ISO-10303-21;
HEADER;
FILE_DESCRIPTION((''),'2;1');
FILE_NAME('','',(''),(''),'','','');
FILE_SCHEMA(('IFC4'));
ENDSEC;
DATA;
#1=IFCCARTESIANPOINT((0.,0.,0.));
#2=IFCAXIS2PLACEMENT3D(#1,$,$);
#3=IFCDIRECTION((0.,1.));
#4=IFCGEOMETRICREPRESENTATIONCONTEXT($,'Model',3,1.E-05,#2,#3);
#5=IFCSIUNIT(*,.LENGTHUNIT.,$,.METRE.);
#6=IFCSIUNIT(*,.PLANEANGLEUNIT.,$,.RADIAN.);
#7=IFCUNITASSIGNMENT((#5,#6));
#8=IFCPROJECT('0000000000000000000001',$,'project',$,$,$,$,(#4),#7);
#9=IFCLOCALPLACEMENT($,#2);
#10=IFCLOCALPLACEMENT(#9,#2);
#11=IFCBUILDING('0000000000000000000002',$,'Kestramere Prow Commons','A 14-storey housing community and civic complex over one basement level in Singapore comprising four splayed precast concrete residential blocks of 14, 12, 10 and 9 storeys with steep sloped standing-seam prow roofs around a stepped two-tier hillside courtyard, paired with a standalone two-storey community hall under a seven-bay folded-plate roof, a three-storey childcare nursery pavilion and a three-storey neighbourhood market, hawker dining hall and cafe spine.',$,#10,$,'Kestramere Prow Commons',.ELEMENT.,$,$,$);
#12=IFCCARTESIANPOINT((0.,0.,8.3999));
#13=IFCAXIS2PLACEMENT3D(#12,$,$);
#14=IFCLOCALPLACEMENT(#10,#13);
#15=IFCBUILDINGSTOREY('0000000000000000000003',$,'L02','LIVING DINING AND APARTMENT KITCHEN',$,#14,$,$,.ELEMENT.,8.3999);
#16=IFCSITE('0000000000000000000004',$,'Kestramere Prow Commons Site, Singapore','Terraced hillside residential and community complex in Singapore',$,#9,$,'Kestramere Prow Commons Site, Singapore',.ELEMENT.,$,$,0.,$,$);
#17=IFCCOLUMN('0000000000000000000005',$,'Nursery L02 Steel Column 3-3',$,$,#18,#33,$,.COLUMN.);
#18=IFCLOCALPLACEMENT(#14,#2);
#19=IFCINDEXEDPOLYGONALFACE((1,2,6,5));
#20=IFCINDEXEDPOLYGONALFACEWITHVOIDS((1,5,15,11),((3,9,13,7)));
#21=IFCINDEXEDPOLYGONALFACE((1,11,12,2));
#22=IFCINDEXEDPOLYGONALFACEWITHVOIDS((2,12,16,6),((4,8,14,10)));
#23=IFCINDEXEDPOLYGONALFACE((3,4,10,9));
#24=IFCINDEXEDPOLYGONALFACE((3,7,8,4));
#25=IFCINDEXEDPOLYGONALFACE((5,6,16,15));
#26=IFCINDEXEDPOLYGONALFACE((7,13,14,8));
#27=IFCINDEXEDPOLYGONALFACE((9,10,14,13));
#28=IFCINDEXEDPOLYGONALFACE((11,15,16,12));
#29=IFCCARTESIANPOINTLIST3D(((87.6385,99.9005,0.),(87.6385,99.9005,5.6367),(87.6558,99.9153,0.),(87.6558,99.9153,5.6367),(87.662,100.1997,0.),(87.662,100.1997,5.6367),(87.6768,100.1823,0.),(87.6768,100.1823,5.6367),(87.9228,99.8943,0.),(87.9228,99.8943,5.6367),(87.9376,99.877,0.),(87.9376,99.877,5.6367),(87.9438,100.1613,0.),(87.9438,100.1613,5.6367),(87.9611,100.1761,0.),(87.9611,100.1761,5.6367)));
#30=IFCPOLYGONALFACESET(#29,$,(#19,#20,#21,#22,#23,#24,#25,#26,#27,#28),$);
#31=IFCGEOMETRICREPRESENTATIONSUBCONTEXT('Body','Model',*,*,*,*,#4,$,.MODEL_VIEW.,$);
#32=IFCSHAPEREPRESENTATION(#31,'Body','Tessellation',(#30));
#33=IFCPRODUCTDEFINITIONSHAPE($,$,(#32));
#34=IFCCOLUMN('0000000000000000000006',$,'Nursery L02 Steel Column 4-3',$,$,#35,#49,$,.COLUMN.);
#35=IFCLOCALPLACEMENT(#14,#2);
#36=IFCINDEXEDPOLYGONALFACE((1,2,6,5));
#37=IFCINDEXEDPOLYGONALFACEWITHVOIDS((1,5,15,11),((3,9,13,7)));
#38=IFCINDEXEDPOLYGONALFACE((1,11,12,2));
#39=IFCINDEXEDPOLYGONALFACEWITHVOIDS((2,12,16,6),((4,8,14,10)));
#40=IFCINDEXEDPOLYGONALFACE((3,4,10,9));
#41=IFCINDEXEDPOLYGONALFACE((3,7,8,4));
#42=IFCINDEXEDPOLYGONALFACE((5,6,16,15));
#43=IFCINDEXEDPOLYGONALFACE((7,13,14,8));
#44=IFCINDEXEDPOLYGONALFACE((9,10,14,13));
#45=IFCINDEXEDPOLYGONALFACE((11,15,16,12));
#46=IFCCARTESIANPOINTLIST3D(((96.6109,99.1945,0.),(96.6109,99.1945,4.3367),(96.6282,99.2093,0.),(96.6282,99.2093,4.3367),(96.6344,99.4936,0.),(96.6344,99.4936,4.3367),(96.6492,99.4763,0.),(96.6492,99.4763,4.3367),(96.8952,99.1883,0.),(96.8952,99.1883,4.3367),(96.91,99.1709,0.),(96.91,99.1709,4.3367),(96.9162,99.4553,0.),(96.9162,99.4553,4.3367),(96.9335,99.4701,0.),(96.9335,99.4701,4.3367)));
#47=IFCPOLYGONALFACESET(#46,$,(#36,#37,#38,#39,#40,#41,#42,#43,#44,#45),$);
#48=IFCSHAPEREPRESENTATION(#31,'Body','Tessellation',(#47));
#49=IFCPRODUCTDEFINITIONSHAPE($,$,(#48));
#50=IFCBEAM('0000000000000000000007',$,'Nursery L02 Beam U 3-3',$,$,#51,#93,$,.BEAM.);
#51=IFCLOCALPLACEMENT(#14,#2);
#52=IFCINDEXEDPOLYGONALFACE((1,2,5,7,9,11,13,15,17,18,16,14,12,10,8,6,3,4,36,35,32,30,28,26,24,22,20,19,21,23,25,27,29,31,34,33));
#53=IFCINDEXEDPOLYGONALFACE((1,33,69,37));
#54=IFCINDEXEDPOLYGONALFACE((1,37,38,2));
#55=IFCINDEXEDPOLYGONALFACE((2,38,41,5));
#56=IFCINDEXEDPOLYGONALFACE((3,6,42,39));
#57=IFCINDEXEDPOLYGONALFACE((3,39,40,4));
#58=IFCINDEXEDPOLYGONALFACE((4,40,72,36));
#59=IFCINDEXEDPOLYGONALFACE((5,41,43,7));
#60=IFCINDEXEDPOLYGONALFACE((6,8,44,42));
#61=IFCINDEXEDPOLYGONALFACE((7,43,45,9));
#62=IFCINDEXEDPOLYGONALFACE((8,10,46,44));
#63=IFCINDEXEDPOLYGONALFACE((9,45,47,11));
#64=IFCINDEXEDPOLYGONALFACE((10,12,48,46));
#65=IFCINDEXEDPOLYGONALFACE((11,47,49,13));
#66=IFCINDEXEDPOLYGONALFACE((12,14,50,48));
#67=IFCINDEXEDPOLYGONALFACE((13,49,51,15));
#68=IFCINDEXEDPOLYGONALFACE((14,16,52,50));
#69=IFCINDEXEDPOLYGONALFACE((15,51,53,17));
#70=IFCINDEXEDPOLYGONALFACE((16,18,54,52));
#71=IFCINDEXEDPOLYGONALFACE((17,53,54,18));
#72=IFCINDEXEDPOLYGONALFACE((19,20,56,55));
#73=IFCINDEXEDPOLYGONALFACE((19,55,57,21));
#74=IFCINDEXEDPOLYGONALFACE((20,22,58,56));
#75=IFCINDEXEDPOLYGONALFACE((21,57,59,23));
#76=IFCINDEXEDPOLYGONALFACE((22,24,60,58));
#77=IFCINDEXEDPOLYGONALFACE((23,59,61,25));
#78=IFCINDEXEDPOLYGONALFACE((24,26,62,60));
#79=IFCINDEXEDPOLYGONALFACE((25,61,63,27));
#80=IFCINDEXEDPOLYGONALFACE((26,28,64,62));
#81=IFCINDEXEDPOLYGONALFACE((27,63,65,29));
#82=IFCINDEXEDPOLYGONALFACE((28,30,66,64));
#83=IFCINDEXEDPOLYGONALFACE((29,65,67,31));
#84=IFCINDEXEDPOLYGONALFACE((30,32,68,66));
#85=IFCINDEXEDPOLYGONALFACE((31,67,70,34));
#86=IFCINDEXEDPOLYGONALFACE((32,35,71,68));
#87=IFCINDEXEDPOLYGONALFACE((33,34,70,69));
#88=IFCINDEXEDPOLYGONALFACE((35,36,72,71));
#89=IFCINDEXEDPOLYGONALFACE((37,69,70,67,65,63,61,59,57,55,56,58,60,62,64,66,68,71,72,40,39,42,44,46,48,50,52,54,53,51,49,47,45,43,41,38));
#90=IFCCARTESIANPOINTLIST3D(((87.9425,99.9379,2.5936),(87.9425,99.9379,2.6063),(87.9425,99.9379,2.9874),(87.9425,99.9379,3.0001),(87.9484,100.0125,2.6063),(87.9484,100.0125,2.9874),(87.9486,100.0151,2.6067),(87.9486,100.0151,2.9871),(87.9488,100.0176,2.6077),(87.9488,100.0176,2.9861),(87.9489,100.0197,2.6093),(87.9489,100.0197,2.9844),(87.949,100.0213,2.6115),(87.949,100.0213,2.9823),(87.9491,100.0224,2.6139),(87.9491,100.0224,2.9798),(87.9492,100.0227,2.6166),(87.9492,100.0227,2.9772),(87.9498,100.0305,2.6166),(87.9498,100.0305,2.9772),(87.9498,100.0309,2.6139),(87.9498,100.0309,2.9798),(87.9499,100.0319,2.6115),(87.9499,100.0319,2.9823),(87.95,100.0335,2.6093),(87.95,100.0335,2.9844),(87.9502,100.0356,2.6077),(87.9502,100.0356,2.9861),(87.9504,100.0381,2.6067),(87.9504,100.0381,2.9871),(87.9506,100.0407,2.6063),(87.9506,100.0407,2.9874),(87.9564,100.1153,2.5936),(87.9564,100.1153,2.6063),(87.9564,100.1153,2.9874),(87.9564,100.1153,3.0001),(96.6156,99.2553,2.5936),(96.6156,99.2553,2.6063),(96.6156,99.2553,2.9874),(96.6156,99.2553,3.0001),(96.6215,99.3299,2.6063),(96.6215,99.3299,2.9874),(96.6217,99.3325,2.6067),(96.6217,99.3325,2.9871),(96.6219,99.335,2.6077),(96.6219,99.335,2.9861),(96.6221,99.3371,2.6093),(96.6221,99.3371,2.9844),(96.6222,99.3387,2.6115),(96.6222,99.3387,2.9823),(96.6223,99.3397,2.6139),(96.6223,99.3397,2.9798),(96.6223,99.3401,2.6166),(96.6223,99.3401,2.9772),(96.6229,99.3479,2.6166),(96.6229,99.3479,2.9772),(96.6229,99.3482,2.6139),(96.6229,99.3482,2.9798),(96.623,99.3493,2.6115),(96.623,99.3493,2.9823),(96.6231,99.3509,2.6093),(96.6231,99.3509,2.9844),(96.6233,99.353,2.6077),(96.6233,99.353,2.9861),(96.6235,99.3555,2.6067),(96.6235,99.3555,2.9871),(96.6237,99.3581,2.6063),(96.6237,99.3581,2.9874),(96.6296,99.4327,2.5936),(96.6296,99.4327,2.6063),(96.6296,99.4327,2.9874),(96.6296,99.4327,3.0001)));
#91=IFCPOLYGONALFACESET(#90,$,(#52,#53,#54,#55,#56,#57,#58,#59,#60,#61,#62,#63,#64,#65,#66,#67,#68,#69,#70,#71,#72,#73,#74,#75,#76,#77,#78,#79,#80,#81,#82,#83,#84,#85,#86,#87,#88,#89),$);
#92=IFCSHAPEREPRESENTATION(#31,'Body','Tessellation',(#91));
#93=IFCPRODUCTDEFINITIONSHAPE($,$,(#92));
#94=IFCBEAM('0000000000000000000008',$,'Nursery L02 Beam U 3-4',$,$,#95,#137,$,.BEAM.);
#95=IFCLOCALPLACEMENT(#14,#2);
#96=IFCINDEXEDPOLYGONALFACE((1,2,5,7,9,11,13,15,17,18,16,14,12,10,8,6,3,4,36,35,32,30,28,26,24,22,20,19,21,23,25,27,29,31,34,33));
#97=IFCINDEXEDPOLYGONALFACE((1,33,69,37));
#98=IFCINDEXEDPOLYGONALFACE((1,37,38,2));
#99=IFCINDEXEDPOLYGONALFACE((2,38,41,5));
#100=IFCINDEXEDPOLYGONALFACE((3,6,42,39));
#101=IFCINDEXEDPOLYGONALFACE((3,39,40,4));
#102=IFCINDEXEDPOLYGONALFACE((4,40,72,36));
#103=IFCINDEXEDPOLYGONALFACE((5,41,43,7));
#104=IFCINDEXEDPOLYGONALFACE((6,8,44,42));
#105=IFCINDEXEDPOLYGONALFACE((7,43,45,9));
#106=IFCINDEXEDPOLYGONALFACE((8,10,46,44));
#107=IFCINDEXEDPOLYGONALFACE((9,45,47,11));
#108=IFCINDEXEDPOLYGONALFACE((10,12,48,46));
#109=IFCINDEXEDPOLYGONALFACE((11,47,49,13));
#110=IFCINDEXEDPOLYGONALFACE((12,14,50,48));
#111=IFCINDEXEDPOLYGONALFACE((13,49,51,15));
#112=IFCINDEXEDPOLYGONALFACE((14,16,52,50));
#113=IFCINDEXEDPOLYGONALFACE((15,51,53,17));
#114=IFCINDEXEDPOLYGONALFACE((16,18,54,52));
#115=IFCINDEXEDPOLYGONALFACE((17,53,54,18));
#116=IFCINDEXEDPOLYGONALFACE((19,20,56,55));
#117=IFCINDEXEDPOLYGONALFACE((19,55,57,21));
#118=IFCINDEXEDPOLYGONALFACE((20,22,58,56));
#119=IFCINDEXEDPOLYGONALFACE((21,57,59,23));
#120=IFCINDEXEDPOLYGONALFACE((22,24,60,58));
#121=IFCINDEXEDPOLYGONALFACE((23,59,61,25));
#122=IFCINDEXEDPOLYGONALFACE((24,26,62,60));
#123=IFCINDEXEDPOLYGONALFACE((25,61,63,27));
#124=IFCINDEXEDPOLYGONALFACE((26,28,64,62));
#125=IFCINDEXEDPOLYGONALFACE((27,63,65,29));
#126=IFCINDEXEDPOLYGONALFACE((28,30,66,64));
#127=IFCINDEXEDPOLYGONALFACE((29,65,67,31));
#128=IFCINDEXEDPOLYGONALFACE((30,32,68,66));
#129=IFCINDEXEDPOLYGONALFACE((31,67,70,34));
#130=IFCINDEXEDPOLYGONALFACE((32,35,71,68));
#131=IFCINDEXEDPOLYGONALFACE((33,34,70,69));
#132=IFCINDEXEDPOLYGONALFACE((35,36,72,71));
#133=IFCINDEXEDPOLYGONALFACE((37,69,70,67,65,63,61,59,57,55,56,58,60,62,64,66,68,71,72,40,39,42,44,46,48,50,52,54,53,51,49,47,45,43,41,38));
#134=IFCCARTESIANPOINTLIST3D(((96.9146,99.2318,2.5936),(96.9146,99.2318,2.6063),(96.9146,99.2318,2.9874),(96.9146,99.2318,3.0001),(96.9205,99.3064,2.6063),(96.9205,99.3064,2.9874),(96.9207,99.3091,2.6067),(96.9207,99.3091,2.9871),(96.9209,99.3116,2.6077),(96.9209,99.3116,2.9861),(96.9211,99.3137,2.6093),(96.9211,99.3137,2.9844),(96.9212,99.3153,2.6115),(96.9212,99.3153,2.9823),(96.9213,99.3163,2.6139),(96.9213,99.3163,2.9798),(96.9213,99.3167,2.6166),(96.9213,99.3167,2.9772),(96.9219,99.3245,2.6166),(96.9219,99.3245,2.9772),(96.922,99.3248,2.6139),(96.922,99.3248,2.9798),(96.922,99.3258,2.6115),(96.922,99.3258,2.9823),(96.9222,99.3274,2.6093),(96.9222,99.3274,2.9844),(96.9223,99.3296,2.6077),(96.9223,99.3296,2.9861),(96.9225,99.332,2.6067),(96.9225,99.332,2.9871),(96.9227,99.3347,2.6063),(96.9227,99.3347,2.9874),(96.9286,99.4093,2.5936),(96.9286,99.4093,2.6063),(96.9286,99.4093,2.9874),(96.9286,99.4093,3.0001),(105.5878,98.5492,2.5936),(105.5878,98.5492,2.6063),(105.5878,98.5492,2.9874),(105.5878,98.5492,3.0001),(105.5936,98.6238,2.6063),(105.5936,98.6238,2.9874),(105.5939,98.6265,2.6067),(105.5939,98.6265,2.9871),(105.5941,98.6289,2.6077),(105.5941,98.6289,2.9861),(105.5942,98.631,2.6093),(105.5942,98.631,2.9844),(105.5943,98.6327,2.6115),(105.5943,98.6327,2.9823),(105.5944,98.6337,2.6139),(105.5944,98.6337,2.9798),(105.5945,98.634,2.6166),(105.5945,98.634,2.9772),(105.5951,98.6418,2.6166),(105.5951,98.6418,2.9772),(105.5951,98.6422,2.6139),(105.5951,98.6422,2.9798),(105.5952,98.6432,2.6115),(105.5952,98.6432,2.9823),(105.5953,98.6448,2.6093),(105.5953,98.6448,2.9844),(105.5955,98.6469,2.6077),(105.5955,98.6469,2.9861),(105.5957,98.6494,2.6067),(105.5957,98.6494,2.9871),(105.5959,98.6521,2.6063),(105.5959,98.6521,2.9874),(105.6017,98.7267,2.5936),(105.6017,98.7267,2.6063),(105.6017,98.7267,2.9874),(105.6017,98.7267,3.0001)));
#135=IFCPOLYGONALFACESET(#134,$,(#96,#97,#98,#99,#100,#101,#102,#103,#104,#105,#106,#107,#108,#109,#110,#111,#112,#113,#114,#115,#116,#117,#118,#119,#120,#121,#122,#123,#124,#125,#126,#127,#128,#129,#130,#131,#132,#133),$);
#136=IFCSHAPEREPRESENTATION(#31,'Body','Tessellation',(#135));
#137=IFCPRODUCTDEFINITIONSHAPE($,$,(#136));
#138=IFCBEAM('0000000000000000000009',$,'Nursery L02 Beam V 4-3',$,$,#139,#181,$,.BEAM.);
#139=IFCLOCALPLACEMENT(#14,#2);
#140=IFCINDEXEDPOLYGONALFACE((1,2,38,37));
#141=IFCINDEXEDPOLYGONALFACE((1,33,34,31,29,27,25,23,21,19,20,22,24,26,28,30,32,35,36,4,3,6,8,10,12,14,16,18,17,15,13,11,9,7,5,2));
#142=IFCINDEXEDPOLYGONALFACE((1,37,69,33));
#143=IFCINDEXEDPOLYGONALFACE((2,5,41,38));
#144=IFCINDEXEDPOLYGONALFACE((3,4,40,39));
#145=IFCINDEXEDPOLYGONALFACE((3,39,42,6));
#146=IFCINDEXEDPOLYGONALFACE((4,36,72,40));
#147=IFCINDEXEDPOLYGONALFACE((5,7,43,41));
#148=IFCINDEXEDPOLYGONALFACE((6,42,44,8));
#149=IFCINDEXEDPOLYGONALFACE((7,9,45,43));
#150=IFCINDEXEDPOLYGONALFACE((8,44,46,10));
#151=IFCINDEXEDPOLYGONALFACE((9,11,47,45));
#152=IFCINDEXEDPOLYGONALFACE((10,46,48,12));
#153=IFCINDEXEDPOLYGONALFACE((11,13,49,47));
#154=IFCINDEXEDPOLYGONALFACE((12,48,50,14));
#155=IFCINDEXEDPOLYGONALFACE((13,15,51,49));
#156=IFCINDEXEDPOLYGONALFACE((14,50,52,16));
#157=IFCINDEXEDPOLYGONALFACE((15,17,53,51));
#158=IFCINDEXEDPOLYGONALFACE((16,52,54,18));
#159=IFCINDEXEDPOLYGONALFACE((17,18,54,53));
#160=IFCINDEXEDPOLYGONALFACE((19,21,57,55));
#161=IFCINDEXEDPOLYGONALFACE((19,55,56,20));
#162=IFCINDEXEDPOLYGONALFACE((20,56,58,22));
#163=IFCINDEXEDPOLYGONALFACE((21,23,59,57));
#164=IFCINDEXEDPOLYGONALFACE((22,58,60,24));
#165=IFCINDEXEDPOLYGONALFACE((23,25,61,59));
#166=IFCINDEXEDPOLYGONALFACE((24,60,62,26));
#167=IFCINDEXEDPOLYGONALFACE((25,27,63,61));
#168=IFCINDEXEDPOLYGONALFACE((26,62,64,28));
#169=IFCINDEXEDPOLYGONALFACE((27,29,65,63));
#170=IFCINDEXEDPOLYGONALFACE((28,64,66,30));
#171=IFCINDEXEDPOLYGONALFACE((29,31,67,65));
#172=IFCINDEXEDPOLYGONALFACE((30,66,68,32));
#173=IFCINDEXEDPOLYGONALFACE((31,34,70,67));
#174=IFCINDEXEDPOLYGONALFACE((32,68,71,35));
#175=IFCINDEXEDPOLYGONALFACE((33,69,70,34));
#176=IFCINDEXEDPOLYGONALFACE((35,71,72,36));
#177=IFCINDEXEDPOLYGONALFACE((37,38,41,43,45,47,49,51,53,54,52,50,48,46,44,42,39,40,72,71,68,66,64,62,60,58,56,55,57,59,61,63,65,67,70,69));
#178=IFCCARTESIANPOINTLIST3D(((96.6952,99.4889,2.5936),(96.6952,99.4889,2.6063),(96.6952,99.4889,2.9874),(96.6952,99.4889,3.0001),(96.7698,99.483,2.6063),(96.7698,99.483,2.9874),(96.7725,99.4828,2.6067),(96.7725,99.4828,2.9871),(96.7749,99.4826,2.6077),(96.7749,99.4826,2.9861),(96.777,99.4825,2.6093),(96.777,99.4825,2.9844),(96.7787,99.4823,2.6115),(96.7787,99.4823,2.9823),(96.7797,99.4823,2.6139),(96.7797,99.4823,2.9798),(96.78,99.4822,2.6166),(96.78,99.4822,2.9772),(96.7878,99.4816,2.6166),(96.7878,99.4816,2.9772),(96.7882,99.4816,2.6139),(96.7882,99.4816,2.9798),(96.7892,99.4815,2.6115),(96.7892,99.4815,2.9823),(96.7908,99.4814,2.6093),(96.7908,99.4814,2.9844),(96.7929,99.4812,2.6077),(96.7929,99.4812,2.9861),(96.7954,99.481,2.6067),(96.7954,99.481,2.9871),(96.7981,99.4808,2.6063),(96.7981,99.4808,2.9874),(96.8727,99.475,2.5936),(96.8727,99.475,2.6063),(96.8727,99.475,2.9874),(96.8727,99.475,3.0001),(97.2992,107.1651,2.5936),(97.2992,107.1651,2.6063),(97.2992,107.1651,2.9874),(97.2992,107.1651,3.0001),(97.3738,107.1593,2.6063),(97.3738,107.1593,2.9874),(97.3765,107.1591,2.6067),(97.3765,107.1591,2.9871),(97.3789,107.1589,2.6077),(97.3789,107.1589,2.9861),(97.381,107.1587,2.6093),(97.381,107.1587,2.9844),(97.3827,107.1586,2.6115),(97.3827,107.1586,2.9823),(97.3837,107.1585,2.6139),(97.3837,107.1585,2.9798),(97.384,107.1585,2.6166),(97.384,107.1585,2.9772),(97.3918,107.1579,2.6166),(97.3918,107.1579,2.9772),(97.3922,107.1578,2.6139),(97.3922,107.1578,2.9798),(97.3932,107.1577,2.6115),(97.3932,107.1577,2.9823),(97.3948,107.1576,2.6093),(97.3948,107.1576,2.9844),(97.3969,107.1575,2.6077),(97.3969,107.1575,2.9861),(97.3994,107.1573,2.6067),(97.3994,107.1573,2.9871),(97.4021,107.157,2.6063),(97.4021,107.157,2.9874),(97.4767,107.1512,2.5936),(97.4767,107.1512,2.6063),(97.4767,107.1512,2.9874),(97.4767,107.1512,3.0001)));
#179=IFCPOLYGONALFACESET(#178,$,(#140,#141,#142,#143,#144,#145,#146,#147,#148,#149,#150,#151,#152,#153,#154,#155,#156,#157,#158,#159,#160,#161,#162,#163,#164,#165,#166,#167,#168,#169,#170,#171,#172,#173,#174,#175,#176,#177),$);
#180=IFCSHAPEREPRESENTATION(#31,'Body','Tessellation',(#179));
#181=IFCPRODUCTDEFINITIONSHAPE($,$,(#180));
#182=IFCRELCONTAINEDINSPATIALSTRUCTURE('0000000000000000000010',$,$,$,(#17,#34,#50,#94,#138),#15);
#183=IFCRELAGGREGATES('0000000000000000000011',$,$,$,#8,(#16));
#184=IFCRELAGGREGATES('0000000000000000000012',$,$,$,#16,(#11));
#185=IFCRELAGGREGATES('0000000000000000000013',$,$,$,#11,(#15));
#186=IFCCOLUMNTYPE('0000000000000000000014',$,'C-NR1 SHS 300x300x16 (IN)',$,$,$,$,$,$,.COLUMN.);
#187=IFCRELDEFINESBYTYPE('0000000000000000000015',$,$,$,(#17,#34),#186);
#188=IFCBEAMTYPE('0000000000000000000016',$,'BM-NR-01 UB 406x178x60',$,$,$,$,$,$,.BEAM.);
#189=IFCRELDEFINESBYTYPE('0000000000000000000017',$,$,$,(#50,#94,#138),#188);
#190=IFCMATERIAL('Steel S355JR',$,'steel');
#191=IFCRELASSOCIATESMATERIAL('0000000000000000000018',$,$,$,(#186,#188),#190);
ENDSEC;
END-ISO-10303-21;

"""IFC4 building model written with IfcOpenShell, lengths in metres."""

from ifc_helpers import new_model, si_unit, direction, frame, origin, origin_2d, place, context, subcontext, project, spatial, hollow_rectangle, i_section, extrude, material, material_profile, profile_set, type_object, element, save


model = new_model("IFC4")

# Units and contexts
model_context = context("Model", 3, precision=1e-05, world=origin(), true_north=direction((0.0, 1.0)))
body_context = subcontext(model_context, "Body", "Model", "MODEL_VIEW")
ifc_project = project(units=[si_unit("LENGTHUNIT", "METRE"), si_unit("PLANEANGLEUNIT", "RADIAN")], contexts=[model_context])

# Site, building, storey
site_placement = place(None, origin())
site = spatial("IfcSite", under=ifc_project, at=site_placement, Name="Kestramere Prow Commons Site, Singapore", Description="Terraced hillside residential and community complex in Singapore", LongName="Kestramere Prow Commons Site, Singapore", CompositionType="ELEMENT", RefElevation=0.0)
building_placement = place(site_placement, origin())
building = spatial("IfcBuilding", under=site, at=building_placement, Name="Kestramere Prow Commons", Description="A 14-storey housing community and civic complex over one basement level in Singapore comprising four splayed precast concrete residential blocks of 14, 12, 10 and 9 storeys with steep sloped standing-seam prow roofs around a stepped two-tier hillside courtyard, paired with a standalone two-storey community hall under a seven-bay folded-plate roof, a three-storey childcare nursery pavilion and a three-storey neighbourhood market, hawker dining hall and cafe spine.", LongName="Kestramere Prow Commons", CompositionType="ELEMENT")
storey_placement = place(building_placement, frame((0.0, 0.0, 8.3999)))
storey = spatial("IfcBuildingStorey", under=building, at=storey_placement, Name="L02", Description="LIVING DINING AND APARTMENT KITCHEN", CompositionType="ELEMENT", Elevation=8.3999)

# Columns
ifc_material_1 = material(Name="Steel S355JR", Category="steel")
ifc_material_profile_1 = material_profile(ifc_material_1, hollow_rectangle(XDim=0.3, YDim=0.3, WallThickness=0.0161, at=origin_2d()), Name="SHS 300x300x16")
ifc_profile_set_1 = profile_set([ifc_material_profile_1], Name="Steel S355JR")
column_type = type_object("IfcColumnType", Name="C-NR1 SHS 300x300x16 (IN)", PredefinedType="COLUMN", material=ifc_profile_set_1)
column_1_placement = place(storey_placement, frame((87.7998, 100.0383, 0.0), z_axis=(0.0, 0.0, 1.0), x_axis=(0.996917, -0.078459, 0.0)))
element("IfcColumn", 1, at=column_1_placement, inside=storey, type_object=column_type, Name="Nursery L02 Steel Column 3-3", PredefinedType="COLUMN", context=body_context, shape_type="SweptSolid", body=[
    extrude(hollow_rectangle(XDim=0.3, YDim=0.3, WallThickness=0.0161, at=origin_2d()), origin(), (0.0, 0.0, 1.0), 5.6367),
])
column_2_placement = place(storey_placement, frame((96.7722, 99.3323, 0.0), z_axis=(0.0, 0.0, 1.0), x_axis=(0.996917, -0.078459, 0.0)))
element("IfcColumn", 2, at=column_2_placement, inside=storey, type_object=column_type, Name="Nursery L02 Steel Column 4-3", PredefinedType="COLUMN", context=body_context, shape_type="SweptSolid", body=[
    extrude(hollow_rectangle(XDim=0.3, YDim=0.3, WallThickness=0.0161, at=origin_2d()), origin(), (0.0, 0.0, 1.0), 4.3367),
])

# Beams
ifc_material_profile_2 = material_profile(ifc_material_1, i_section(OverallWidth=0.178, OverallDepth=0.4065, WebThickness=0.0078, FlangeThickness=0.0127, FilletRadius=0.0103, at=origin_2d()), Name="UB 406x178x60")
ifc_profile_set_2 = profile_set([ifc_material_profile_2], Name="Steel S355JR")
beam_type_1 = type_object("IfcBeamType", Name="BM-NR-01 UB 406x178x60", PredefinedType="BEAM", material=ifc_profile_set_2)
for number, where, z_axis, x_axis, name in (
    (3, (87.9495, 100.0266, 2.7969), (0.996917, -0.078462, 0.0), (0.078462, 0.996917, 0.0), "Nursery L02 Beam U 3-3"),
    (4, (96.9216, 99.3206, 2.7969), (0.996917, -0.078462, 0.0), (0.078462, 0.996917, 0.0), "Nursery L02 Beam U 3-4"),
):
    element("IfcBeam", number, at=place(storey_placement, frame(where, z_axis=z_axis, x_axis=x_axis)), inside=storey, type_object=beam_type_1, Name=name, PredefinedType="BEAM", context=body_context, shape_type="SweptSolid", body=[
        extrude(i_section(OverallWidth=0.178, OverallDepth=0.4065, WebThickness=0.0078, FlangeThickness=0.0127, FilletRadius=0.0103, at=origin_2d()), origin(), (0.0, 0.0, 1.0), 8.7),
    ])
beam_1_placement = place(storey_placement, frame((96.7839, 99.4819, 2.7969), z_axis=(0.078442, 0.996919, 0.0), x_axis=(-0.996919, 0.078442, 0.0)))
element("IfcBeam", 5, at=beam_1_placement, inside=storey, type_object=beam_type_1, Name="Nursery L02 Beam V 4-3", PredefinedType="BEAM", context=body_context, shape_type="SweptSolid", body=[
    extrude(i_section(OverallWidth=0.178, OverallDepth=0.4065, WebThickness=0.0078, FlangeThickness=0.0127, FilletRadius=0.0103, at=origin_2d()), origin(), (0.0, 0.0, 1.0), 7.7),
])

save(model, "model.ifc")
